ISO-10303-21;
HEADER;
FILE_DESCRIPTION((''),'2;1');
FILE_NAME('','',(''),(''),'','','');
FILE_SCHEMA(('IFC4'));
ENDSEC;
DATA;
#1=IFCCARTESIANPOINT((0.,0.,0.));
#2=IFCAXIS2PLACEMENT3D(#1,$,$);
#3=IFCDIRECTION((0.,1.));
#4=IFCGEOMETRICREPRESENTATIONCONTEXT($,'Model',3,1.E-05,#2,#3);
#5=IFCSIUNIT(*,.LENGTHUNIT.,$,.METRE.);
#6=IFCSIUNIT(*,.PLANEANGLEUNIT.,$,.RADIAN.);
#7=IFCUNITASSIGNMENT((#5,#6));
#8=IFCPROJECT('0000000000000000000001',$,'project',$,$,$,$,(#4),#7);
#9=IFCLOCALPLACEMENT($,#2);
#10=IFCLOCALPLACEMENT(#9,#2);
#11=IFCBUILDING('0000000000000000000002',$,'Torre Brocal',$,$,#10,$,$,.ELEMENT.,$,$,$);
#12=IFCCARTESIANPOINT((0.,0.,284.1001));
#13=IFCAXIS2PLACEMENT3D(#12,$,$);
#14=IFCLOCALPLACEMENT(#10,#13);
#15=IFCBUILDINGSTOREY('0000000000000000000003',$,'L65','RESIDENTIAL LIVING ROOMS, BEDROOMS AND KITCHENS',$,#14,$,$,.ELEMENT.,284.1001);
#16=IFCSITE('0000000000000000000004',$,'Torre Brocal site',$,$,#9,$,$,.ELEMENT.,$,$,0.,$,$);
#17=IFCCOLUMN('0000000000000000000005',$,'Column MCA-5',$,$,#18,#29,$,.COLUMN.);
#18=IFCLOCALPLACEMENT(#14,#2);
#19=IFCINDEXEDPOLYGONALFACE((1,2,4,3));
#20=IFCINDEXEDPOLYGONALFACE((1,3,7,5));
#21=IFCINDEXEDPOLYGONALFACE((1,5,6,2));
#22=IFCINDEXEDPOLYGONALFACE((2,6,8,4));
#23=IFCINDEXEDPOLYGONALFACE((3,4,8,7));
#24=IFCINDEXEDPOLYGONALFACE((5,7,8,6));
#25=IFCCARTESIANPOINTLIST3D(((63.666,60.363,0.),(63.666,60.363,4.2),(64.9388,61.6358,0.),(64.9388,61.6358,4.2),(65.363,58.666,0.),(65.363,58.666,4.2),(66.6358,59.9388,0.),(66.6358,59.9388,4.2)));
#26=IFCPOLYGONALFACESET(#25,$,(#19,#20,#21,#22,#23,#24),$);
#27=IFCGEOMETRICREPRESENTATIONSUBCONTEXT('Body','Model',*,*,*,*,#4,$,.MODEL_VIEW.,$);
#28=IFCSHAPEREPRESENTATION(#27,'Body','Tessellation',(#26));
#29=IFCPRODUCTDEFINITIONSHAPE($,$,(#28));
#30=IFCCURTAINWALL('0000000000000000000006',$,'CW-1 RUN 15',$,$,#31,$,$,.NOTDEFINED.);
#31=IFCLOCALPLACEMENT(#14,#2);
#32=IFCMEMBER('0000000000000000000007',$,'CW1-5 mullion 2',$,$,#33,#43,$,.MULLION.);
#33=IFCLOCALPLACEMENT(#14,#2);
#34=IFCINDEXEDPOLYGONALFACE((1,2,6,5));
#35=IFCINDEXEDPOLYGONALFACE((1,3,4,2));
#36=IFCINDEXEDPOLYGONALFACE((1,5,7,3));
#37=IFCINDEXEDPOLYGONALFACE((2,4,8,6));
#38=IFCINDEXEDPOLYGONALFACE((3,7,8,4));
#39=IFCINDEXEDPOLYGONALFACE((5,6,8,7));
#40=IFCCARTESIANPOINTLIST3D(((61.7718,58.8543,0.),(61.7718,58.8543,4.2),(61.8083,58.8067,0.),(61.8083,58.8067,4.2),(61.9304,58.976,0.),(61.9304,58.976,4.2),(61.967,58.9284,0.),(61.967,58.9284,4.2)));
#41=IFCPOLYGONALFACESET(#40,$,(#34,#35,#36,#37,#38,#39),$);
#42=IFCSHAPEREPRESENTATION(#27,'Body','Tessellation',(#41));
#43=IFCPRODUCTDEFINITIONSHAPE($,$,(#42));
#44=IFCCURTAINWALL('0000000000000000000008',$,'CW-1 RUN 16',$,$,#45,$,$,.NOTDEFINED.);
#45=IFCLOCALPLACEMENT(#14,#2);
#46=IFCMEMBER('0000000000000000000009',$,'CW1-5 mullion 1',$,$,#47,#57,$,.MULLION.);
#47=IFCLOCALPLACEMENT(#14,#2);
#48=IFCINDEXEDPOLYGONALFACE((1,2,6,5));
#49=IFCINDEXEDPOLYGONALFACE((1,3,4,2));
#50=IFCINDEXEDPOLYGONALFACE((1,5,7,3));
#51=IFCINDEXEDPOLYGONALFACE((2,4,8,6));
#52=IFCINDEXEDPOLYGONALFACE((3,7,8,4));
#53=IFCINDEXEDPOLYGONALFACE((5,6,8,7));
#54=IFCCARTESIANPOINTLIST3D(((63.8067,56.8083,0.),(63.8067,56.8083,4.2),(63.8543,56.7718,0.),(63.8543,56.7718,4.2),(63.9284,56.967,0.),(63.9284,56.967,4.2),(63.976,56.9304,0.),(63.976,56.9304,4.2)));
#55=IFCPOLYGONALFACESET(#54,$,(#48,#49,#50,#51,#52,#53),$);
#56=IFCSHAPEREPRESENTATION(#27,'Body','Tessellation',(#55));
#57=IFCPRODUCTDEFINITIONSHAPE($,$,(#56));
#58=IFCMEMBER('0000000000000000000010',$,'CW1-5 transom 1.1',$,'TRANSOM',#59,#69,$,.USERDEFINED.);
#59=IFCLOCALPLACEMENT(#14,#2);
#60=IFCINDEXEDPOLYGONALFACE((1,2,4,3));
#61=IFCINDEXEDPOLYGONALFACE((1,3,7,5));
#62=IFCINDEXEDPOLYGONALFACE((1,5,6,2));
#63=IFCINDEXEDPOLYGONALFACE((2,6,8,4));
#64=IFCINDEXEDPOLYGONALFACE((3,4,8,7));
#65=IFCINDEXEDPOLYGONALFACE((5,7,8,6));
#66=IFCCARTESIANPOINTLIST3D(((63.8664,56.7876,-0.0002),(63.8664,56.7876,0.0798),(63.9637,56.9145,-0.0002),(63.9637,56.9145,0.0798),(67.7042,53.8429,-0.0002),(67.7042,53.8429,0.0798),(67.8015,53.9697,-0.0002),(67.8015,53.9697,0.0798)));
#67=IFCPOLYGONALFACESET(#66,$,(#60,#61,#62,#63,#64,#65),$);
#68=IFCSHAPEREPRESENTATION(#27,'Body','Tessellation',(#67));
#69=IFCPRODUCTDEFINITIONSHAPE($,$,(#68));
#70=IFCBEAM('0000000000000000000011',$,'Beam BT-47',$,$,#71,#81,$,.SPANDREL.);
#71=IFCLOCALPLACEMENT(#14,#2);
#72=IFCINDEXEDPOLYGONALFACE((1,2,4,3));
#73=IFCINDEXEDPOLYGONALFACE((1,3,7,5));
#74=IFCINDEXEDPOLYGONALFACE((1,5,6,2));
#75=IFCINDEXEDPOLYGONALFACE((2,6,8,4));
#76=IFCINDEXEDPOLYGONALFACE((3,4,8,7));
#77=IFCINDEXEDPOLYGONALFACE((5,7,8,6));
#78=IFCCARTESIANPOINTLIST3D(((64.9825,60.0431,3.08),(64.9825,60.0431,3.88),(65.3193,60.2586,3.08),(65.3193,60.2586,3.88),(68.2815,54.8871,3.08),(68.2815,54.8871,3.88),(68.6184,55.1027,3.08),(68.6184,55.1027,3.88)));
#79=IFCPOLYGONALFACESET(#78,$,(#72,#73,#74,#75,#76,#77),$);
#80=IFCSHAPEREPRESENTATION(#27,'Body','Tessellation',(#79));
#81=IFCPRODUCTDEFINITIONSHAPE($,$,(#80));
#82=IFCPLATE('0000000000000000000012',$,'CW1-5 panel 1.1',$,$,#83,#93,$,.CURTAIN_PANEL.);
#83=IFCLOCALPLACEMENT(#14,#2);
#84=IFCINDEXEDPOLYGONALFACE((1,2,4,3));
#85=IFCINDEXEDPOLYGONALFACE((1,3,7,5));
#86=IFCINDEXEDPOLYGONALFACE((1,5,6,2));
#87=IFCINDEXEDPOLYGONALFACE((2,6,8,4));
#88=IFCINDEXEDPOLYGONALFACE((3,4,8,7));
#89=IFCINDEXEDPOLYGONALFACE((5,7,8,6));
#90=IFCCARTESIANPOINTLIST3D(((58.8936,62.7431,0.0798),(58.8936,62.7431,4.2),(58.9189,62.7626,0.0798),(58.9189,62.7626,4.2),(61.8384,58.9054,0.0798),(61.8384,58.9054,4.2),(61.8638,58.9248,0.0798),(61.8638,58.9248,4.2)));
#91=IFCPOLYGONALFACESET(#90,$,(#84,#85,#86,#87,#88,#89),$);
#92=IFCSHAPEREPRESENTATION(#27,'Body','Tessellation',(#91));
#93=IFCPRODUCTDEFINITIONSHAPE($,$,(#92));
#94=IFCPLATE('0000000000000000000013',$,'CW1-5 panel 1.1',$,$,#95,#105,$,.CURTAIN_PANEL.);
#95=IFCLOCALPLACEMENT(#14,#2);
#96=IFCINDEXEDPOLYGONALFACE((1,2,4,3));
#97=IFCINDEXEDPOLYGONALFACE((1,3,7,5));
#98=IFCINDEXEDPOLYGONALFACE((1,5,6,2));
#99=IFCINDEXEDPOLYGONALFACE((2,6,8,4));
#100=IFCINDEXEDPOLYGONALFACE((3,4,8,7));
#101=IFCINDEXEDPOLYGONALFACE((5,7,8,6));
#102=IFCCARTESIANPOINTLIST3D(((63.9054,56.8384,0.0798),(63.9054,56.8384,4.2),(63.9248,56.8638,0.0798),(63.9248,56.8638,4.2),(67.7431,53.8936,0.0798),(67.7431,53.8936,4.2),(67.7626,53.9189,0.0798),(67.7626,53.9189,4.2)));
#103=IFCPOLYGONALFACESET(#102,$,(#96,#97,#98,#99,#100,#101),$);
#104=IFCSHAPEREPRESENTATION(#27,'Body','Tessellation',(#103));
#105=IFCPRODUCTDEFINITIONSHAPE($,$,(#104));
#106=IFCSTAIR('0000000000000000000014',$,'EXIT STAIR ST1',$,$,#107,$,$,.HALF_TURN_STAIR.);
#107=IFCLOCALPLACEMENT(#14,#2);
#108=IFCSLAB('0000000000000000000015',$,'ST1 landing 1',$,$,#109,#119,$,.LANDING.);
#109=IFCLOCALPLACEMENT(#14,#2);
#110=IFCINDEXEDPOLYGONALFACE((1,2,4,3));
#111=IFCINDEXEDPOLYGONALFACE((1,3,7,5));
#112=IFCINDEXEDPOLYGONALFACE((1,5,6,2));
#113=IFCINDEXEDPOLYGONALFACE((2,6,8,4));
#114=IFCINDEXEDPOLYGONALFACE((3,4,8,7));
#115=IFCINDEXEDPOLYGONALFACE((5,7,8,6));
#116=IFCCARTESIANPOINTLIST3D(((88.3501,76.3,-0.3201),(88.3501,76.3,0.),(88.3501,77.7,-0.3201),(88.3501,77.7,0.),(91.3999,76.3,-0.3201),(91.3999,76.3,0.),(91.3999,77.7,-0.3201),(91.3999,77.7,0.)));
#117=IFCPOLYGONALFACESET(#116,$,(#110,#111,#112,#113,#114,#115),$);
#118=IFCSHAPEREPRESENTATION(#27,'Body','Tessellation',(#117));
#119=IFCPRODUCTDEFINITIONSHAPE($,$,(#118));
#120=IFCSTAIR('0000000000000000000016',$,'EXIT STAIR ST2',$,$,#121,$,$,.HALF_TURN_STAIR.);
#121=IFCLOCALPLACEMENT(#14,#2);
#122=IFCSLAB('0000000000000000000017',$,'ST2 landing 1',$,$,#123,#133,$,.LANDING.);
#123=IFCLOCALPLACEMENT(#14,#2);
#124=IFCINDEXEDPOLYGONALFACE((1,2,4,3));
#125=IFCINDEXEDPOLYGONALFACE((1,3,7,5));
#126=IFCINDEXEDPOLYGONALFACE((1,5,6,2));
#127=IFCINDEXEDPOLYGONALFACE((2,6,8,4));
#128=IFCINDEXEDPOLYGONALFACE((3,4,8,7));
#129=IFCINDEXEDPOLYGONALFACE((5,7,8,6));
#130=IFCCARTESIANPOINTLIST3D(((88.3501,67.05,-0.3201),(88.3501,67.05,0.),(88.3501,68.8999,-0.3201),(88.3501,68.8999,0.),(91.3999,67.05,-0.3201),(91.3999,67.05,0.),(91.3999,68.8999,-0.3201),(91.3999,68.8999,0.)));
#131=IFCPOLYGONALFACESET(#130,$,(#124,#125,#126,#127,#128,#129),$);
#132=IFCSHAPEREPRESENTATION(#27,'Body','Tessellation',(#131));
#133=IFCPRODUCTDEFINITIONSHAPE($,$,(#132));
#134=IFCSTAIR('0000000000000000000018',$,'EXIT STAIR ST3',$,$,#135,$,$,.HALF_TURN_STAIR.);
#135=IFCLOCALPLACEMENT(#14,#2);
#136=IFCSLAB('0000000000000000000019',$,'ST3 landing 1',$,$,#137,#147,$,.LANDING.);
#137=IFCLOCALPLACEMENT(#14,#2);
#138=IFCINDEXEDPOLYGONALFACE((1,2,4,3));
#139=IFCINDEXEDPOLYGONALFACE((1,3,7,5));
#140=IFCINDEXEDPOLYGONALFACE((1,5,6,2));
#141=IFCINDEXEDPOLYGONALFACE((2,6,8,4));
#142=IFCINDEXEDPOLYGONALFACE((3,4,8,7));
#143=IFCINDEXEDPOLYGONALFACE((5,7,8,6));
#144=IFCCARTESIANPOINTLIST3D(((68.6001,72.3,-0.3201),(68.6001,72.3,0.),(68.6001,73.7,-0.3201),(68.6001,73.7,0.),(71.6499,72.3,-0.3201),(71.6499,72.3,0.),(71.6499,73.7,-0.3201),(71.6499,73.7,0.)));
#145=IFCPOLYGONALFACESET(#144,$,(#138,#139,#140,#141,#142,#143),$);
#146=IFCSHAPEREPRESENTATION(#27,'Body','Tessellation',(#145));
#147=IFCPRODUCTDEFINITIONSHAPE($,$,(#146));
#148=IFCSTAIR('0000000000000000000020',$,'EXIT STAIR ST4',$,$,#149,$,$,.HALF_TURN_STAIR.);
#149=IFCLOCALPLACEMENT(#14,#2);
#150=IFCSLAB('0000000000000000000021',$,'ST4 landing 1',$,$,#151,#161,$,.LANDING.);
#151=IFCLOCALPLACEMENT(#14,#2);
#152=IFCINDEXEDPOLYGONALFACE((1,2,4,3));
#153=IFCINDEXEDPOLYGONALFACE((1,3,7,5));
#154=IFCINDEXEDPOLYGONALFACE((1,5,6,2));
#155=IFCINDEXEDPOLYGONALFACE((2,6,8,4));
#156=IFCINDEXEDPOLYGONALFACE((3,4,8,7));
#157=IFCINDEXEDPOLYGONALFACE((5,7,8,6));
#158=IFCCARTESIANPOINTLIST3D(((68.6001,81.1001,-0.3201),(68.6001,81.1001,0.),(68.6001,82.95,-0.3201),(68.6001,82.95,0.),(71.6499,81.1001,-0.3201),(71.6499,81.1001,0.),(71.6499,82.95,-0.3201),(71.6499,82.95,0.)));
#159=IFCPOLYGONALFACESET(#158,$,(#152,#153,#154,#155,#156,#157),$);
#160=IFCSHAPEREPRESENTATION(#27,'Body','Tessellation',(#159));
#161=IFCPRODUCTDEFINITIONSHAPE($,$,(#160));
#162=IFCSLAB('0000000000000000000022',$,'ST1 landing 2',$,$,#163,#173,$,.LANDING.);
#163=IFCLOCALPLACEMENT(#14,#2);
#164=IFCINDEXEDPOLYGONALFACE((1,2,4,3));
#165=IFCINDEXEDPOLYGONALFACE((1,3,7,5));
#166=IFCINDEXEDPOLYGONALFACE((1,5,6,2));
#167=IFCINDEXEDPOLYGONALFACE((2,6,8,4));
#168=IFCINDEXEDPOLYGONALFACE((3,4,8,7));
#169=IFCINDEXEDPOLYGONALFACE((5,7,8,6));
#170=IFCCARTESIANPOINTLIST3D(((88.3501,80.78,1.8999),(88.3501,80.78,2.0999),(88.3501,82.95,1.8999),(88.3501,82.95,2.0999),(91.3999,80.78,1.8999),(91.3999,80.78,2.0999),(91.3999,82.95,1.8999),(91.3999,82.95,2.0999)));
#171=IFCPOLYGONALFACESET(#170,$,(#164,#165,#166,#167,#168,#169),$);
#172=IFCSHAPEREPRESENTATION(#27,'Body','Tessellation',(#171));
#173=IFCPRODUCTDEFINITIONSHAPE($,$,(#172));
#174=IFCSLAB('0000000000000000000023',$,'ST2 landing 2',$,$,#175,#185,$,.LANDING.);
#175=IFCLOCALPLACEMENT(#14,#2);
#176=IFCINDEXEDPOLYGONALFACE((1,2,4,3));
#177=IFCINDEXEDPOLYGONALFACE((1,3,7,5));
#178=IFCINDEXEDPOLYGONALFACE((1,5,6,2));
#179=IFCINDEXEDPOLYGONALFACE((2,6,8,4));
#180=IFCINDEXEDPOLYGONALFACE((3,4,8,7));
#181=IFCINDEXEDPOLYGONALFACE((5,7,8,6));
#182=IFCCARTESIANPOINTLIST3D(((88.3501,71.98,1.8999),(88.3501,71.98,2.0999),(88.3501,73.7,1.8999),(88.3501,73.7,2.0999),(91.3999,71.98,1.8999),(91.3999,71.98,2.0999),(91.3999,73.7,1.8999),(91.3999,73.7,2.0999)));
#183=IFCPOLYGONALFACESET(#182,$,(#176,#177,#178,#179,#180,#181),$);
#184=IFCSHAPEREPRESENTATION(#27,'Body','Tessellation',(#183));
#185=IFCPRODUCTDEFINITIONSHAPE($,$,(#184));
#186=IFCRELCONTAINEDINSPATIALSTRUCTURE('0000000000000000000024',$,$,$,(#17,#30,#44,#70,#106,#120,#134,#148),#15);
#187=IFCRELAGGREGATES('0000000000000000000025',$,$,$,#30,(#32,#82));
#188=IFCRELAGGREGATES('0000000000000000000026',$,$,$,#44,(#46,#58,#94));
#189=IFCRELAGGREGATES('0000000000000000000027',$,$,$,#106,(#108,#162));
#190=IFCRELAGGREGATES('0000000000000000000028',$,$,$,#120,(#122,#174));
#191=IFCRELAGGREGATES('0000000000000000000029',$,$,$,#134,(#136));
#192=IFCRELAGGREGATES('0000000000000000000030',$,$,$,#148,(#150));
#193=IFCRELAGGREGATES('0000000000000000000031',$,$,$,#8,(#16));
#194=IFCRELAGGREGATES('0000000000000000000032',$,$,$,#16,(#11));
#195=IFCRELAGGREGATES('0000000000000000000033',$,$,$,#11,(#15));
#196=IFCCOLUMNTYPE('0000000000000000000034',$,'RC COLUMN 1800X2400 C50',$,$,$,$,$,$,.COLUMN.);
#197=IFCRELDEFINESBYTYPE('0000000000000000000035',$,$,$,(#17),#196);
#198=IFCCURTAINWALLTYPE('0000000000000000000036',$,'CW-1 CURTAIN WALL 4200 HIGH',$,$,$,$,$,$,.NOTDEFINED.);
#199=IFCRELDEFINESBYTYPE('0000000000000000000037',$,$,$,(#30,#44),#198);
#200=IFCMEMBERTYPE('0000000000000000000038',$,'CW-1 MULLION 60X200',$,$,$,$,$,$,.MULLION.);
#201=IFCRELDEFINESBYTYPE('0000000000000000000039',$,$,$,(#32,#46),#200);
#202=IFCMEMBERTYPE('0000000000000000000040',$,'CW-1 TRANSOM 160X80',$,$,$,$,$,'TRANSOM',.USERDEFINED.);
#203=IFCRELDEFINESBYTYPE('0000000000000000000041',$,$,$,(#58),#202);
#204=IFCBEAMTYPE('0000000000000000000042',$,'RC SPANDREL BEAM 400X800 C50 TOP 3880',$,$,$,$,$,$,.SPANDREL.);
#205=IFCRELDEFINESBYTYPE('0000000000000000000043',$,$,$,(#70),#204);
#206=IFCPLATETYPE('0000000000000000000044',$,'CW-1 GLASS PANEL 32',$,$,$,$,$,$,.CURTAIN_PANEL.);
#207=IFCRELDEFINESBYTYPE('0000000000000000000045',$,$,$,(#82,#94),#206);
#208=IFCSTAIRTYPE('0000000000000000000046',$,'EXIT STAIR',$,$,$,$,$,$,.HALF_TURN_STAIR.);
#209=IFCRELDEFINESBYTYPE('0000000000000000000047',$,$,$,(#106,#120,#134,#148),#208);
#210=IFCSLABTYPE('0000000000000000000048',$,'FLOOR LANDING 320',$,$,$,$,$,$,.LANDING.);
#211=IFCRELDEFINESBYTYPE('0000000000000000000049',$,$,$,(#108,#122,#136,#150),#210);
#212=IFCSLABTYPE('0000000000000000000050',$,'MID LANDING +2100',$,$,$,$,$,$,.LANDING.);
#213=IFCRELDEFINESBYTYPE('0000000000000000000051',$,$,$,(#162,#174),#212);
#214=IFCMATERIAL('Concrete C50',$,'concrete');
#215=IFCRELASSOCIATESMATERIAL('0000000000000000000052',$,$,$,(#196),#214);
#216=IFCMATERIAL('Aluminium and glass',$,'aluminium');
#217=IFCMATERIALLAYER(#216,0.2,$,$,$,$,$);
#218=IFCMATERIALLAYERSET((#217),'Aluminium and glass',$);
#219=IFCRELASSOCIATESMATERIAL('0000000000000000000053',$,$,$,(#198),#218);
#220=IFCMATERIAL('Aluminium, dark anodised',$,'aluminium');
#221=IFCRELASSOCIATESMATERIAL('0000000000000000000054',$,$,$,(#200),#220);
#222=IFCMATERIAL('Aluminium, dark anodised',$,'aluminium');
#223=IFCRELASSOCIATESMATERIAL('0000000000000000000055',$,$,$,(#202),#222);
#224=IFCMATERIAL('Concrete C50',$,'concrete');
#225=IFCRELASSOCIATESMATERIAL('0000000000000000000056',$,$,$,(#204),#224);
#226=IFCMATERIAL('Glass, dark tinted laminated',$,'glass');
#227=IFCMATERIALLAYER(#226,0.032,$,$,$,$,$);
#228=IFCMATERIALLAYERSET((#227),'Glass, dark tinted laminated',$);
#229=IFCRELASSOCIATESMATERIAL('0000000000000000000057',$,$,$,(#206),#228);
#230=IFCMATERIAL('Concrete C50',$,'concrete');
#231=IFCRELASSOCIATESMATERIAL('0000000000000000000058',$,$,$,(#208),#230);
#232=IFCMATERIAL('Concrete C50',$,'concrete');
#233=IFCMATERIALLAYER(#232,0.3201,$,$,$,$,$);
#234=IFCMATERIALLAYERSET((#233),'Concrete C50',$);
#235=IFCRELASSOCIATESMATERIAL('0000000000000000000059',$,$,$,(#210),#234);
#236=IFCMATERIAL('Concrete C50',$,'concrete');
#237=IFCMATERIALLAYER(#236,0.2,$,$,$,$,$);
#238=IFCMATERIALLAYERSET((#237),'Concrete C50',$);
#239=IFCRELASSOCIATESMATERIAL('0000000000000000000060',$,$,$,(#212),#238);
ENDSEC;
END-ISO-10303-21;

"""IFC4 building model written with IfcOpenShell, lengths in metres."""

from ifc_helpers import new_model, si_unit, direction, frame, origin, origin_2d, place, context, subcontext, project, spatial, polyline, rectangle, outline, extrude, material, layer, layer_set, material_profile, profile_set, type_object, element, aggregate, save


model = new_model("IFC4")

# Units and contexts
model_context = context("Model", 3, precision=1e-05, world=origin(), true_north=direction((0.0, 1.0)))
body_context = subcontext(model_context, "Body", "Model", "MODEL_VIEW")
ifc_project = project(units=[si_unit("LENGTHUNIT", "METRE"), si_unit("PLANEANGLEUNIT", "RADIAN")], contexts=[model_context])

# Site, building, storey
site_placement = place(None, origin())
site = spatial("IfcSite", under=ifc_project, at=site_placement, Name="Torre Brocal site", CompositionType="ELEMENT", RefElevation=0.0)
building_placement = place(site_placement, origin())
building = spatial("IfcBuilding", under=site, at=building_placement, Name="Torre Brocal", CompositionType="ELEMENT")
storey_placement = place(building_placement, frame((0.0, 0.0, 284.1001)))
storey = spatial("IfcBuildingStorey", under=building, at=storey_placement, Name="L65", Description="RESIDENTIAL LIVING ROOMS, BEDROOMS AND KITCHENS", CompositionType="ELEMENT", Elevation=284.1001)

# Column
ifc_material_1 = material(Name="Concrete C50", Category="concrete")
ifc_material_profile_1 = material_profile(ifc_material_1, rectangle(XDim=1.8, YDim=2.3999, at=origin_2d()), Name="RC 1800X2400")
ifc_profile_set_1 = profile_set([ifc_material_profile_1], Name="Concrete C50")
column_type = type_object("IfcColumnType", Name="RC COLUMN 1800X2400 C50", PredefinedType="COLUMN", material=ifc_profile_set_1)
column_placement = place(storey_placement, frame((65.1509, 60.1509, 0.0), z_axis=(0.0, 0.0, 1.0), x_axis=(-0.707107, -0.707107, 0.0)))
element("IfcColumn", 1, at=column_placement, inside=storey, type_object=column_type, Name="Column MCA-5", PredefinedType="COLUMN", context=body_context, shape_type="SweptSolid", body=[
    extrude(rectangle(XDim=1.8, YDim=2.3999, at=origin_2d()), origin(), (0.0, 0.0, 1.0), 4.2),
])

# Curtain wall, member
ifc_material_2 = material(Name="Aluminium and glass", Category="aluminium")
ifc_layer_1 = layer(ifc_material_2, 0.2)
ifc_layer_set_1 = layer_set([ifc_layer_1], Name="Aluminium and glass")
curtain_wall_type = type_object("IfcCurtainWallType", Name="CW-1 CURTAIN WALL 4200 HIGH", PredefinedType="NOTDEFINED", material=ifc_layer_set_1)
curtain_wall_1_placement = place(storey_placement, origin())
curtain_wall_1 = element("IfcCurtainWall", 2, at=curtain_wall_1_placement, inside=storey, type_object=curtain_wall_type, Name="CW-1 RUN 15", PredefinedType="NOTDEFINED")
ifc_material_3 = material(Name="Aluminium, dark anodised", Category="aluminium")
ifc_material_profile_2 = material_profile(ifc_material_3, rectangle(XDim=0.2, YDim=0.0601, at=origin_2d()), Name="CW-1 MULLION 60X200")
ifc_profile_set_2 = profile_set([ifc_material_profile_2], Name="Aluminium, dark anodised")
member_type_1 = type_object("IfcMemberType", Name="CW-1 MULLION 60X200", PredefinedType="MULLION", material=ifc_profile_set_2)
member_1_placement = place(storey_placement, frame((61.8694, 58.8914, 0.0), z_axis=(0.0, 0.0, 1.0), x_axis=(0.793353, 0.608761, 0.0)))
member_1 = element("IfcMember", 3, at=member_1_placement, type_object=member_type_1, Name="CW1-5 mullion 2", PredefinedType="MULLION", context=body_context, shape_type="SweptSolid", body=[
    extrude(rectangle(XDim=0.2, YDim=0.0601, at=origin_2d()), origin(), (0.0, 0.0, 1.0), 4.2),
])

# Curtain wall, members
curtain_wall_2_placement = place(storey_placement, origin())
curtain_wall_2 = element("IfcCurtainWall", 4, at=curtain_wall_2_placement, inside=storey, type_object=curtain_wall_type, Name="CW-1 RUN 16", PredefinedType="NOTDEFINED")
member_2_placement = place(storey_placement, frame((63.8914, 56.8694, 0.0), z_axis=(0.0, 0.0, 1.0), x_axis=(0.608761, 0.793353, 0.0)))
member_2 = element("IfcMember", 5, at=member_2_placement, type_object=member_type_1, Name="CW1-5 mullion 1", PredefinedType="MULLION", context=body_context, shape_type="SweptSolid", body=[
    extrude(rectangle(XDim=0.2, YDim=0.0601, at=origin_2d()), origin(), (0.0, 0.0, 1.0), 4.2),
])
ifc_material_4 = material(Name="Aluminium, dark anodised", Category="aluminium")
ifc_material_profile_3 = material_profile(ifc_material_4, rectangle(XDim=0.1599, YDim=0.0801, at=origin_2d()), Name="CW-1 TRANSOM 160X80")
ifc_profile_set_3 = profile_set([ifc_material_profile_3], Name="Aluminium, dark anodised")
member_type_2 = type_object("IfcMemberType", Name="CW-1 TRANSOM 160X80", ElementType="TRANSOM", PredefinedType="USERDEFINED", material=ifc_profile_set_3)
member_3_placement = place(storey_placement, frame((63.915, 56.8511, 0.0398), z_axis=(0.793363, -0.608749, 0.0), x_axis=(0.608749, 0.793363, 0.0)))
member_3 = element("IfcMember", 6, at=member_3_placement, type_object=member_type_2, Name="CW1-5 transom 1.1", ObjectType="TRANSOM", PredefinedType="USERDEFINED", context=body_context, shape_type="SweptSolid", body=[
    extrude(rectangle(XDim=0.1599, YDim=0.0801, at=origin_2d()), origin(), (0.0, 0.0, 1.0), 4.8374),
])

# Beam
ifc_material_5 = material(Name="Concrete C50", Category="concrete")
ifc_material_profile_4 = material_profile(ifc_material_5, rectangle(XDim=0.3999, YDim=0.8, at=origin_2d()), Name="RC 400X800")
ifc_profile_set_4 = profile_set([ifc_material_profile_4], Name="Concrete C50")
beam_type = type_object("IfcBeamType", Name="RC SPANDREL BEAM 400X800 C50 TOP 3880", PredefinedType="SPANDREL", material=ifc_profile_set_4)
beam_placement = place(storey_placement, frame((65.1509, 60.1509, 3.48), z_axis=(0.538964, -0.842329, 0.0), x_axis=(0.842329, 0.538964, 0.0)))
element("IfcBeam", 7, at=beam_placement, inside=storey, type_object=beam_type, Name="Beam BT-47", PredefinedType="SPANDREL", context=body_context, shape_type="SweptSolid", body=[
    extrude(rectangle(XDim=0.3999, YDim=0.8, at=origin_2d()), origin(), (0.0, 0.0, 1.0), 6.1211),
])

# Plates
ifc_material_6 = material(Name="Glass, dark tinted laminated", Category="glass")
ifc_layer_2 = layer(ifc_material_6, 0.032)
ifc_layer_set_2 = layer_set([ifc_layer_2], Name="Glass, dark tinted laminated")
plate_type = type_object("IfcPlateType", Name="CW-1 GLASS PANEL 32", PredefinedType="CURTAIN_PANEL", material=ifc_layer_set_2)
plate_1_placement = place(storey_placement, frame((60.3787, 60.834, 0.0798), z_axis=(0.0, 0.0, 1.0), x_axis=(0.608761, -0.793353, 0.0)))
plate_1 = element("IfcPlate", 8, at=plate_1_placement, type_object=plate_type, Name="CW1-5 panel 1.1", PredefinedType="CURTAIN_PANEL", context=body_context, shape_type="SweptSolid", body=[
    extrude(rectangle(XDim=4.8374, YDim=0.032, at=origin_2d()), origin(), (0.0, 0.0, 1.0), 4.1201),
])
aggregate(curtain_wall_1, [member_1, plate_1])
plate_2_placement = place(storey_placement, frame((65.834, 55.3787, 0.0798), z_axis=(0.0, 0.0, 1.0), x_axis=(0.793353, -0.608761, 0.0)))
plate_2 = element("IfcPlate", 9, at=plate_2_placement, type_object=plate_type, Name="CW1-5 panel 1.1", PredefinedType="CURTAIN_PANEL", context=body_context, shape_type="SweptSolid", body=[
    extrude(rectangle(XDim=4.8374, YDim=0.032, at=origin_2d()), origin(), (0.0, 0.0, 1.0), 4.1201),
])
aggregate(curtain_wall_2, [member_2, member_3, plate_2])

# Stairs, slabs
ifc_material_7 = material(Name="Concrete C50", Category="concrete")
stair_type = type_object("IfcStairType", Name="EXIT STAIR", PredefinedType="HALF_TURN_STAIR", material=ifc_material_7)
stair_1_placement = place(storey_placement, origin())
stair_1 = element("IfcStair", 10, at=stair_1_placement, inside=storey, type_object=stair_type, Name="EXIT STAIR ST1", PredefinedType="HALF_TURN_STAIR")
ifc_material_8 = material(Name="Concrete C50", Category="concrete")
ifc_layer_3 = layer(ifc_material_8, 0.3201)
ifc_layer_set_3 = layer_set([ifc_layer_3], Name="Concrete C50")
slab_type_1 = type_object("IfcSlabType", Name="FLOOR LANDING 320", PredefinedType="LANDING", material=ifc_layer_set_3)
slab_1_placement = place(storey_placement, frame((0.0, 0.0, -0.3201)))
slab_1 = element("IfcSlab", 11, at=slab_1_placement, type_object=slab_type_1, Name="ST1 landing 1", PredefinedType="LANDING", context=body_context, shape_type="SweptSolid", body=[
    extrude(outline(polyline([(88.3501, 76.3), (91.3999, 76.3), (91.3999, 77.7), (88.3501, 77.7), (88.3501, 76.3)])), origin(), (0.0, 0.0, 1.0), 0.3201),
])
stair_2_placement = place(storey_placement, origin())
stair_2 = element("IfcStair", 12, at=stair_2_placement, inside=storey, type_object=stair_type, Name="EXIT STAIR ST2", PredefinedType="HALF_TURN_STAIR")
slab_2_placement = place(storey_placement, frame((0.0, 0.0, -0.3201)))
slab_2 = element("IfcSlab", 13, at=slab_2_placement, type_object=slab_type_1, Name="ST2 landing 1", PredefinedType="LANDING", context=body_context, shape_type="SweptSolid", body=[
    extrude(outline(polyline([(88.3501, 67.05), (91.3999, 67.05), (91.3999, 68.8999), (88.3501, 68.8999), (88.3501, 67.05)])), origin(), (0.0, 0.0, 1.0), 0.3201),
])
stair_3_placement = place(storey_placement, origin())
stair_3 = element("IfcStair", 14, at=stair_3_placement, inside=storey, type_object=stair_type, Name="EXIT STAIR ST3", PredefinedType="HALF_TURN_STAIR")
slab_3_placement = place(storey_placement, frame((0.0, 0.0, -0.3201)))
slab_3 = element("IfcSlab", 15, at=slab_3_placement, type_object=slab_type_1, Name="ST3 landing 1", PredefinedType="LANDING", context=body_context, shape_type="SweptSolid", body=[
    extrude(outline(polyline([(71.6499, 73.7), (68.6001, 73.7), (68.6001, 72.3), (71.6499, 72.3), (71.6499, 73.7)])), origin(), (0.0, 0.0, 1.0), 0.3201),
])
stair_4_placement = place(storey_placement, origin())
stair_4 = element("IfcStair", 16, at=stair_4_placement, inside=storey, type_object=stair_type, Name="EXIT STAIR ST4", PredefinedType="HALF_TURN_STAIR")
slab_4_placement = place(storey_placement, frame((0.0, 0.0, -0.3201)))
slab_4 = element("IfcSlab", 17, at=slab_4_placement, type_object=slab_type_1, Name="ST4 landing 1", PredefinedType="LANDING", context=body_context, shape_type="SweptSolid", body=[
    extrude(outline(polyline([(71.6499, 82.95), (68.6001, 82.95), (68.6001, 81.1001), (71.6499, 81.1001), (71.6499, 82.95)])), origin(), (0.0, 0.0, 1.0), 0.3201),
])

# Slabs
ifc_material_9 = material(Name="Concrete C50", Category="concrete")
ifc_layer_4 = layer(ifc_material_9, 0.2)
ifc_layer_set_4 = layer_set([ifc_layer_4], Name="Concrete C50")
slab_type_2 = type_object("IfcSlabType", Name="MID LANDING +2100", PredefinedType="LANDING", material=ifc_layer_set_4)
slab_5_placement = place(storey_placement, frame((0.0, 0.0, 1.8999)))
slab_5 = element("IfcSlab", 18, at=slab_5_placement, type_object=slab_type_2, Name="ST1 landing 2", PredefinedType="LANDING", context=body_context, shape_type="SweptSolid", body=[
    extrude(outline(polyline([(88.3501, 80.78), (91.3999, 80.78), (91.3999, 82.95), (88.3501, 82.95), (88.3501, 80.78)])), origin(), (0.0, 0.0, 1.0), 0.2),
])
aggregate(stair_1, [slab_1, slab_5])
slab_6_placement = place(storey_placement, frame((0.0, 0.0, 1.8999)))
slab_6 = element("IfcSlab", 19, at=slab_6_placement, type_object=slab_type_2, Name="ST2 landing 2", PredefinedType="LANDING", context=body_context, shape_type="SweptSolid", body=[
    extrude(outline(polyline([(88.3501, 71.98), (91.3999, 71.98), (91.3999, 73.7), (88.3501, 73.7), (88.3501, 71.98)])), origin(), (0.0, 0.0, 1.0), 0.2),
])
aggregate(stair_2, [slab_2, slab_6])
aggregate(stair_3, [slab_3])
aggregate(stair_4, [slab_4])

save(model, "model.ifc")
